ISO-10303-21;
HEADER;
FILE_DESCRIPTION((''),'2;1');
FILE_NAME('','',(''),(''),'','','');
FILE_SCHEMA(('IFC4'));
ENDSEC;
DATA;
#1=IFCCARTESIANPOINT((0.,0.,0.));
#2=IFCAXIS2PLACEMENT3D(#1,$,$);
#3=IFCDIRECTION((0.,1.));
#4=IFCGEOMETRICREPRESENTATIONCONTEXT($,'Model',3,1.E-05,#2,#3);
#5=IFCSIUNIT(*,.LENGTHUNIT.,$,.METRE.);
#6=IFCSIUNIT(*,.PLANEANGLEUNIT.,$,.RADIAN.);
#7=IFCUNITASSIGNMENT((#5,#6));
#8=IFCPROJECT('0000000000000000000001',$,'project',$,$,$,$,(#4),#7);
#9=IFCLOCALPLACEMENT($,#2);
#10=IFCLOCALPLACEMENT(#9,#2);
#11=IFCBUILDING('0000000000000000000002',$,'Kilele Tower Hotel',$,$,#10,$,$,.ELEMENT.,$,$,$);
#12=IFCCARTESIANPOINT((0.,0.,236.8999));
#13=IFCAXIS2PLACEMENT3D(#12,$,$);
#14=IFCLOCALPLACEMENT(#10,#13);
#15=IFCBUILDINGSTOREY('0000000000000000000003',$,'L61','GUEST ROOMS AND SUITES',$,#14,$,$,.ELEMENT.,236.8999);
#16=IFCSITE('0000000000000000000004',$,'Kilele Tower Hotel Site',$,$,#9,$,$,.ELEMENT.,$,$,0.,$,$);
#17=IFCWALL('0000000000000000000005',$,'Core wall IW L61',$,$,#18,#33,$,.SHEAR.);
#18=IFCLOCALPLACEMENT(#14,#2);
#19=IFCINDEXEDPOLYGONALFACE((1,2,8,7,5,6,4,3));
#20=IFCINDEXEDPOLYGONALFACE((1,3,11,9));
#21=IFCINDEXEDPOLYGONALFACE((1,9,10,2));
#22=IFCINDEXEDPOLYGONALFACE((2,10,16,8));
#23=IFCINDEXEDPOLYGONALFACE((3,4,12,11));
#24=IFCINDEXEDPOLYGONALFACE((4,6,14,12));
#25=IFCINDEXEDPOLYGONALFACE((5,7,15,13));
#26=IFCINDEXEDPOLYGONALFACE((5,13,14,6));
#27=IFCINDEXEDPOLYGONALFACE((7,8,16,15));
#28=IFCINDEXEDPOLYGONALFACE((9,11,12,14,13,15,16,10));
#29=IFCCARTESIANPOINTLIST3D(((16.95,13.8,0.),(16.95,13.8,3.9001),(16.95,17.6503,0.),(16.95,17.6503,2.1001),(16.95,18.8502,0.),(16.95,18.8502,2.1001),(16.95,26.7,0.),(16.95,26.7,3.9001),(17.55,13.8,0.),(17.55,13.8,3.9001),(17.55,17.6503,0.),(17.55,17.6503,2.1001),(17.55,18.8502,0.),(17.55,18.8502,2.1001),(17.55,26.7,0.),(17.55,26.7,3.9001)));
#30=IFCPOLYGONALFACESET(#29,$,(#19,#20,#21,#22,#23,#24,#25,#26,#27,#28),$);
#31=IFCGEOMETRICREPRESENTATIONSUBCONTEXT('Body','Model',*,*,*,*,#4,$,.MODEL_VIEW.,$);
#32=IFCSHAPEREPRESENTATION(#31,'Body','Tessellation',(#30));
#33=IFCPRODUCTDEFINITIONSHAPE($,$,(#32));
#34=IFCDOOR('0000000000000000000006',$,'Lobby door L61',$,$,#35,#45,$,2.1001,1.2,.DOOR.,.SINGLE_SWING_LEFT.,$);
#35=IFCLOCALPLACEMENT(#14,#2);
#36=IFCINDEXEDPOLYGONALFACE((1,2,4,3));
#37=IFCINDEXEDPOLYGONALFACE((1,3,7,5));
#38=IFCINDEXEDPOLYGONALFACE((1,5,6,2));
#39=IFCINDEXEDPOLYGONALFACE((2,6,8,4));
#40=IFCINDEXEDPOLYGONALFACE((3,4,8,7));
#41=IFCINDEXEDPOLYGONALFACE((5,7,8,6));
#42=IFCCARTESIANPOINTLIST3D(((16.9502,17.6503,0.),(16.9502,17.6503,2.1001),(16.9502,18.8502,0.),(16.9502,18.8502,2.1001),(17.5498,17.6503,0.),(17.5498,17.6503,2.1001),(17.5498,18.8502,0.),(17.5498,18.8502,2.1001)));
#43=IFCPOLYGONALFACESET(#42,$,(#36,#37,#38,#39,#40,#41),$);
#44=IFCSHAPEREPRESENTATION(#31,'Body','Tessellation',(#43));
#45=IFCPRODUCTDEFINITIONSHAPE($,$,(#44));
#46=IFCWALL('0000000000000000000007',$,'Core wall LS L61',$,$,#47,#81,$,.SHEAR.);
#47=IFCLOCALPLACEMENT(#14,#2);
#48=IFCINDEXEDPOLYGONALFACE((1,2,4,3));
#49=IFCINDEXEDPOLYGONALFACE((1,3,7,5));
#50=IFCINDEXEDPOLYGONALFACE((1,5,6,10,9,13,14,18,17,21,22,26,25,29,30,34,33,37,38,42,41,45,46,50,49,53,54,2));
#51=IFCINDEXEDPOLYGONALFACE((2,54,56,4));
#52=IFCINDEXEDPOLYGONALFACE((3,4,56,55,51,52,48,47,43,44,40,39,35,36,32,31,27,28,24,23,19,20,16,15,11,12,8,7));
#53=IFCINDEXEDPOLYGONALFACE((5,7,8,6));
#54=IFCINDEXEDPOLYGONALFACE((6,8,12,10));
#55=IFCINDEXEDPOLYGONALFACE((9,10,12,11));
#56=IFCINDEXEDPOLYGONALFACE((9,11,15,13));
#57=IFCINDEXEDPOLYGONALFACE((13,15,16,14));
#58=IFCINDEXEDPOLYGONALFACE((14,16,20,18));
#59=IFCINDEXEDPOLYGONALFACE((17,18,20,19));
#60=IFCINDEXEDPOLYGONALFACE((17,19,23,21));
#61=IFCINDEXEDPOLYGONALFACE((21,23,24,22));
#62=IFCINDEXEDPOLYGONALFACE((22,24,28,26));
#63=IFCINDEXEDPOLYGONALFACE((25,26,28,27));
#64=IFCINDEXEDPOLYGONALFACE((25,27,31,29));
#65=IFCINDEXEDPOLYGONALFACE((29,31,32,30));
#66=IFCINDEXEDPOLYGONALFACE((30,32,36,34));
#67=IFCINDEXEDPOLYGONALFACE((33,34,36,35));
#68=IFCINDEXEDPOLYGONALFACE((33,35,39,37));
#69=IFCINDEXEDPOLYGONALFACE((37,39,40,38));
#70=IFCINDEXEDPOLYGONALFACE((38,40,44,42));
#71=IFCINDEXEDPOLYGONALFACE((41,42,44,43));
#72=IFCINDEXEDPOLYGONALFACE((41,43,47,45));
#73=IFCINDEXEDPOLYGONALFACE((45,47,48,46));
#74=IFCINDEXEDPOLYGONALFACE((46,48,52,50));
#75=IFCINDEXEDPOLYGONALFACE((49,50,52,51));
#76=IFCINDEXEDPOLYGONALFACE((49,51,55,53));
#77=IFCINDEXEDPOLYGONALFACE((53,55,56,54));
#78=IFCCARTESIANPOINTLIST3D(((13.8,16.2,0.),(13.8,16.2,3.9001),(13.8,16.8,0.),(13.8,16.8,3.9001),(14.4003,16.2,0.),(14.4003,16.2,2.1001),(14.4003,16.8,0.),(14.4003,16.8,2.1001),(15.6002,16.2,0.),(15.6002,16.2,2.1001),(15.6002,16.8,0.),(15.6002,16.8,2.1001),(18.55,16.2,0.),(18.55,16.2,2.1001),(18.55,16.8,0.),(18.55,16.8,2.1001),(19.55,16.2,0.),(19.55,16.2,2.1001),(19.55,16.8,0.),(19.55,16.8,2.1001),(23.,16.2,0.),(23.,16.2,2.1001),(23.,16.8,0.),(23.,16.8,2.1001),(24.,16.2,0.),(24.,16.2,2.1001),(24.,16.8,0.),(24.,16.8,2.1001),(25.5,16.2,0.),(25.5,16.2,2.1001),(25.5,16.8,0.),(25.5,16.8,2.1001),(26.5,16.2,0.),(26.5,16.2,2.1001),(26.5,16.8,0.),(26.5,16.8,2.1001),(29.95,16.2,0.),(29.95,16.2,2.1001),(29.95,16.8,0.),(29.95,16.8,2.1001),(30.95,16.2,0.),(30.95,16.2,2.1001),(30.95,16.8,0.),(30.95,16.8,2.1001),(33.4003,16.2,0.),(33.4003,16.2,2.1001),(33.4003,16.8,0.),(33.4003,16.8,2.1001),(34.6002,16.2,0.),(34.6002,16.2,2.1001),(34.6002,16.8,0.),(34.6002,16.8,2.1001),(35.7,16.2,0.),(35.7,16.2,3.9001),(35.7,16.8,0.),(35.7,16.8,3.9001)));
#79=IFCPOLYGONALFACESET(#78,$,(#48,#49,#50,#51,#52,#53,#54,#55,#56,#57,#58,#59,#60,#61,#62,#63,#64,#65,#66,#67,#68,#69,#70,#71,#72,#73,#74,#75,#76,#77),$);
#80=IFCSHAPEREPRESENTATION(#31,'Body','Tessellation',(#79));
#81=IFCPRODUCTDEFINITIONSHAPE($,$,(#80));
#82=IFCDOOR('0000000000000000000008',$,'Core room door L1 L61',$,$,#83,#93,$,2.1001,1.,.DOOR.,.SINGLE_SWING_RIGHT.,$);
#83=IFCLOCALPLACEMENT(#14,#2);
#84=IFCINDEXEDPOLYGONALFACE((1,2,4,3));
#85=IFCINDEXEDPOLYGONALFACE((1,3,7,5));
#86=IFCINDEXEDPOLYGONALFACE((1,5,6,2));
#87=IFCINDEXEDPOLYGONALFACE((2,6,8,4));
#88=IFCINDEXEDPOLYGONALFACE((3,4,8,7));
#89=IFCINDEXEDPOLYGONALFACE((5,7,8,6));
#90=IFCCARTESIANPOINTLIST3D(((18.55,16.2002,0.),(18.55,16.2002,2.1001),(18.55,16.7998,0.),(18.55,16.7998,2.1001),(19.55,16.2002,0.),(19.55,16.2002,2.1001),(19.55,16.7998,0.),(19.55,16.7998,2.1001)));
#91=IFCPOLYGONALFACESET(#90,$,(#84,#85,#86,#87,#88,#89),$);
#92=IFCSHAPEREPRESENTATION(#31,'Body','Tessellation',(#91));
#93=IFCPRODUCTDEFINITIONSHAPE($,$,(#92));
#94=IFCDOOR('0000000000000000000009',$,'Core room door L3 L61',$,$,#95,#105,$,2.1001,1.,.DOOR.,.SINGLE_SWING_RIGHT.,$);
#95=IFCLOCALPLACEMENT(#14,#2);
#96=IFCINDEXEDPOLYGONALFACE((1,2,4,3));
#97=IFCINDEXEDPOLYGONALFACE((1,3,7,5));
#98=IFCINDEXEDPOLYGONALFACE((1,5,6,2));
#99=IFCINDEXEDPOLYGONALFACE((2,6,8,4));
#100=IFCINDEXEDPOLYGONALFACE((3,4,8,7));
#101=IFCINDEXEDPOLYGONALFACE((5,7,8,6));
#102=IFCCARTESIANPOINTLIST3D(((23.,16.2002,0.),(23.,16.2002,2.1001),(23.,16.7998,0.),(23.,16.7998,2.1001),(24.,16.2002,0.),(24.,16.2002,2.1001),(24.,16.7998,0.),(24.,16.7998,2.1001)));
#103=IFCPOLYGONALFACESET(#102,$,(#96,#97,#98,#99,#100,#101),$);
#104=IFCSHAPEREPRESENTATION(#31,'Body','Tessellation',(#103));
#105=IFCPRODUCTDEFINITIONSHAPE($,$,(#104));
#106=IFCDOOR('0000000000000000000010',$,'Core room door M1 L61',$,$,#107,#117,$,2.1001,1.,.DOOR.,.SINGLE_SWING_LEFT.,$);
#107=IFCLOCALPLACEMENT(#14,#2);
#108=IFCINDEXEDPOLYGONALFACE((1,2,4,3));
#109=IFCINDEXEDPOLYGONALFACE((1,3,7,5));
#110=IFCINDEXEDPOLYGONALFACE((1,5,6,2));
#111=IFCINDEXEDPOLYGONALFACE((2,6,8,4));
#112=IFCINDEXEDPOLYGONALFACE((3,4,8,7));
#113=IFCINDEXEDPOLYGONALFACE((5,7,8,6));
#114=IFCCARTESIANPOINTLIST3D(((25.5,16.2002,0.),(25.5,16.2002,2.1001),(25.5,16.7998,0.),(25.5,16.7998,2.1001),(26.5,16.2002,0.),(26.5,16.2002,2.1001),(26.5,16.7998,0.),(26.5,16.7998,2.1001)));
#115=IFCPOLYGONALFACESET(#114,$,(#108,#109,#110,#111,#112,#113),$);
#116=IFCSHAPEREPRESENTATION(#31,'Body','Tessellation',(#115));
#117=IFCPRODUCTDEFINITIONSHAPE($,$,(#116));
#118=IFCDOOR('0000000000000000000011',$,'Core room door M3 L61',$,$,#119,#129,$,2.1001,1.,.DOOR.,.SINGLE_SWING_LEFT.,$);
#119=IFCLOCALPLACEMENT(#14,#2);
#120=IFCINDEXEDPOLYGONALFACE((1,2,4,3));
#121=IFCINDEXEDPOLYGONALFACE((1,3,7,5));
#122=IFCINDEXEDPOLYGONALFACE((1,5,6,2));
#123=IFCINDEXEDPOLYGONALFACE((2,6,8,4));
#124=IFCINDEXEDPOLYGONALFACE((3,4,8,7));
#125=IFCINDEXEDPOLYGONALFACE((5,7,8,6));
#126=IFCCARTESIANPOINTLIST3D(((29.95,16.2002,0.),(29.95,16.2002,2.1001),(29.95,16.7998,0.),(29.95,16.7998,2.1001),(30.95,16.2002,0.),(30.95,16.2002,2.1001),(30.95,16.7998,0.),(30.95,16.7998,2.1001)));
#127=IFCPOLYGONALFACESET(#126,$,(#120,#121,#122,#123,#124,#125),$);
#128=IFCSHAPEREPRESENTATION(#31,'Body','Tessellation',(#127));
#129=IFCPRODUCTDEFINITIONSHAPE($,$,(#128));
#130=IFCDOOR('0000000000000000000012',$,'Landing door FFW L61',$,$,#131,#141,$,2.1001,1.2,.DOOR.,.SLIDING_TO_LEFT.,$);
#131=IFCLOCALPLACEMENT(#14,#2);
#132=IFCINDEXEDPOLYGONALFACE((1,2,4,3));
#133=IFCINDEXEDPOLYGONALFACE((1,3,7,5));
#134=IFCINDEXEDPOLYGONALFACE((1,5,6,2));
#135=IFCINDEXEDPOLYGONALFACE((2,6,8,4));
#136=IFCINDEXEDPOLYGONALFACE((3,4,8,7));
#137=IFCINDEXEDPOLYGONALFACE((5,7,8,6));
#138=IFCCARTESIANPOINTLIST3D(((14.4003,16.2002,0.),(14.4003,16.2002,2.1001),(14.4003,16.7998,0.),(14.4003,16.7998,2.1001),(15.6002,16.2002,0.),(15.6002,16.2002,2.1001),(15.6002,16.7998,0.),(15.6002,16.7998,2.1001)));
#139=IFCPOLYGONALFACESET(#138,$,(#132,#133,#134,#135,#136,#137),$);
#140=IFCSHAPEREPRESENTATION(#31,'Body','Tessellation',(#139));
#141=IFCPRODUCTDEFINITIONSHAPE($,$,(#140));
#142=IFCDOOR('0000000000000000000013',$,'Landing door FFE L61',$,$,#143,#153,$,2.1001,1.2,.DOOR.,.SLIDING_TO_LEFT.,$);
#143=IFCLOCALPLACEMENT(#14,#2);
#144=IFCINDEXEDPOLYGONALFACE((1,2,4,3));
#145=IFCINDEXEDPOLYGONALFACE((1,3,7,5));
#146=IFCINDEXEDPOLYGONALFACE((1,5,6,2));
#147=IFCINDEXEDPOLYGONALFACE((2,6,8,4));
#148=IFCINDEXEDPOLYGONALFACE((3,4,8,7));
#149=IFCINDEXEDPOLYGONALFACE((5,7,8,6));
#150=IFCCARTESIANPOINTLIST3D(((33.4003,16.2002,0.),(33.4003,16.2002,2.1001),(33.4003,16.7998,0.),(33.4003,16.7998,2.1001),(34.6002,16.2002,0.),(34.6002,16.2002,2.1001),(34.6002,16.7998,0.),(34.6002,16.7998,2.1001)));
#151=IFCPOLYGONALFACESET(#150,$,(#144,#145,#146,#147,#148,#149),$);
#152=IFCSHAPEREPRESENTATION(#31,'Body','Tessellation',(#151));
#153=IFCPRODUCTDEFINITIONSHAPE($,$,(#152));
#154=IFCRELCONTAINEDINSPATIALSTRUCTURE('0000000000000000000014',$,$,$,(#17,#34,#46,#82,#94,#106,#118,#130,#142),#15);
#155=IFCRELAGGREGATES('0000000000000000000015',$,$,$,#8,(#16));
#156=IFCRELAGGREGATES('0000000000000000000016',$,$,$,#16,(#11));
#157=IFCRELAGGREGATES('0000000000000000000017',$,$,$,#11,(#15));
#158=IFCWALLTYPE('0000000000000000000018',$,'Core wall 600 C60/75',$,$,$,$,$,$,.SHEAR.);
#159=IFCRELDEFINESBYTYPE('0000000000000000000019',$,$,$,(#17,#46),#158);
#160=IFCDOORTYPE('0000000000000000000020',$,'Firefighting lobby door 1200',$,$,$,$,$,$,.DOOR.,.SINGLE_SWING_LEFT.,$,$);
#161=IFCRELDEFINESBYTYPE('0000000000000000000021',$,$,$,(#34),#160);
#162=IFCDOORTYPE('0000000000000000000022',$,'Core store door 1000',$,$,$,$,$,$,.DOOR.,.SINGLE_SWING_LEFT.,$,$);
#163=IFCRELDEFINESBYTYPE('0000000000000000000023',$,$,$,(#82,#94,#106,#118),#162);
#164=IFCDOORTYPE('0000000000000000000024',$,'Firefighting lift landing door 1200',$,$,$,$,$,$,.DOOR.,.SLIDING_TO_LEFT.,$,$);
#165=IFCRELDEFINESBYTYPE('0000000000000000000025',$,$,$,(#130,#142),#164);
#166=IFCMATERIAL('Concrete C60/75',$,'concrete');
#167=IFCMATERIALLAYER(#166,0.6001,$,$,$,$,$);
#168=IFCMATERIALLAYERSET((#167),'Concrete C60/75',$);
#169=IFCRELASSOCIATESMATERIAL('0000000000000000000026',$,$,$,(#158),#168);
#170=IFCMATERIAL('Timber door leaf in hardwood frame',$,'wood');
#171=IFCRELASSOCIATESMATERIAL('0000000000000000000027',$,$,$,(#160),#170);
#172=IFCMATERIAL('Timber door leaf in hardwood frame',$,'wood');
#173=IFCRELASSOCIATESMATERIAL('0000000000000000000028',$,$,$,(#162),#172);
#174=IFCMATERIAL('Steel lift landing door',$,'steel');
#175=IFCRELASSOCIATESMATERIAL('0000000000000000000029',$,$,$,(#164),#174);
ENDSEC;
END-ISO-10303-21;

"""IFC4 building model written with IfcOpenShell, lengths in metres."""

from ifc_helpers import new_model, si_unit, direction, frame, frame_2d, origin, place, context, subcontext, project, spatial, rectangle, extrude, material, layer, layer_set, type_object, element, fill, save


model = new_model("IFC4")

# Units and contexts
model_context = context("Model", 3, precision=1e-05, world=origin(), true_north=direction((0.0, 1.0)))
body_context = subcontext(model_context, "Body", "Model", "MODEL_VIEW")
ifc_project = project(units=[si_unit("LENGTHUNIT", "METRE"), si_unit("PLANEANGLEUNIT", "RADIAN")], contexts=[model_context])

# Site, building, storey
site_placement = place(None, origin())
site = spatial("IfcSite", under=ifc_project, at=site_placement, Name="Kilele Tower Hotel Site", CompositionType="ELEMENT", RefElevation=0.0)
building_placement = place(site_placement, origin())
building = spatial("IfcBuilding", under=site, at=building_placement, Name="Kilele Tower Hotel", CompositionType="ELEMENT")
storey_placement = place(building_placement, frame((0.0, 0.0, 236.8999)))
storey = spatial("IfcBuildingStorey", under=building, at=storey_placement, Name="L61", Description="GUEST ROOMS AND SUITES", CompositionType="ELEMENT", Elevation=236.8999)

# Wall, opening, door
ifc_material_1 = material(Name="Concrete C60/75", Category="concrete")
ifc_layer_1 = layer(ifc_material_1, 0.6001)
ifc_layer_set_1 = layer_set([ifc_layer_1], Name="Concrete C60/75")
wall_type_1 = type_object("IfcWallType", Name="Core wall 600 C60/75", PredefinedType="SHEAR", material=ifc_layer_set_1)
wall_1_placement = place(storey_placement, frame((17.25, 13.8, 0.0), z_axis=(0.0, 0.0, 1.0), x_axis=(0.0, 1.0, 0.0)))
wall_1 = element("IfcWall", 1, at=wall_1_placement, inside=storey, type_object=wall_type_1, Name="Core wall IW L61", PredefinedType="SHEAR", context=body_context, shape_type="SweptSolid", body=[
    extrude(rectangle(XDim=12.8999, YDim=0.6001, at=frame_2d((6.45, 0.0))), origin(), (0.0, 0.0, 1.0), 3.9001),
])
opening_1_placement = place(wall_1_placement, frame((3.8501, 0.0, 0.0)))
opening_1 = element("IfcOpeningElement", 2, at=opening_1_placement, cuts=wall_1, PredefinedType="OPENING", context=body_context, shape_type="SweptSolid", body=[
    extrude(rectangle(XDim=1.2, YDim=2.1001, at=frame_2d((0.6001, 1.05))), frame((0.0, 0.3101, 0.0), z_axis=(0.0, -1.0, 0.0), x_axis=(1.0, 0.0, 0.0)), (0.0, 0.0, 1.0), 0.6201),
])
ifc_material_2 = material(Name="Timber door leaf in hardwood frame", Category="wood")
door_type_1 = type_object("IfcDoorType", Name="Firefighting lobby door 1200", OperationType="SINGLE_SWING_LEFT", PredefinedType="DOOR", material=ifc_material_2)
door_1_placement = place(opening_1_placement, origin())
door_1 = element("IfcDoor", 3, at=door_1_placement, inside=storey, type_object=door_type_1, Name="Lobby door L61", OperationType="SINGLE_SWING_LEFT", OverallHeight=2.1001, OverallWidth=1.2, PredefinedType="DOOR", context=body_context, shape_type="SweptSolid", body=[
    extrude(rectangle(XDim=1.2, YDim=2.1001, at=frame_2d((0.6001, 1.05))), frame((0.0, 0.2998, 0.0), z_axis=(0.0, -1.0, 0.0), x_axis=(1.0, 0.0, 0.0)), (0.0, 0.0, 1.0), 0.5996),
])
fill(opening_1, door_1)

# Wall, openings, doors
wall_2_placement = place(storey_placement, frame((13.8, 16.5, 0.0), z_axis=(0.0, 0.0, 1.0), x_axis=(1.0, 0.0, 0.0)))
wall_2 = element("IfcWall", 4, at=wall_2_placement, inside=storey, type_object=wall_type_1, Name="Core wall LS L61", PredefinedType="SHEAR", context=body_context, shape_type="SweptSolid", body=[
    extrude(rectangle(XDim=21.8999, YDim=0.6001, at=frame_2d((10.95, 0.0))), origin(), (0.0, 0.0, 1.0), 3.9001),
])
opening_2_placement = place(wall_2_placement, frame((5.75, 0.0, 0.0), z_axis=(0.0, 0.0, 1.0), x_axis=(-1.0, 0.0, 0.0)))
opening_2 = element("IfcOpeningElement", 5, at=opening_2_placement, cuts=wall_2, PredefinedType="OPENING", context=body_context, shape_type="SweptSolid", body=[
    extrude(rectangle(XDim=1.0, YDim=2.1001, at=frame_2d((0.5, 1.05))), frame((0.0, 0.3101, 0.0), z_axis=(0.0, -1.0, 0.0), x_axis=(1.0, 0.0, 0.0)), (0.0, 0.0, 1.0), 0.6201),
])
opening_3_placement = place(wall_2_placement, frame((10.2, 0.0, 0.0), z_axis=(0.0, 0.0, 1.0), x_axis=(-1.0, 0.0, 0.0)))
opening_3 = element("IfcOpeningElement", 6, at=opening_3_placement, cuts=wall_2, PredefinedType="OPENING", context=body_context, shape_type="SweptSolid", body=[
    extrude(rectangle(XDim=1.0, YDim=2.1001, at=frame_2d((0.5, 1.05))), frame((0.0, 0.3101, 0.0), z_axis=(0.0, -1.0, 0.0), x_axis=(1.0, 0.0, 0.0)), (0.0, 0.0, 1.0), 0.6201),
])
opening_4_placement = place(wall_2_placement, frame((12.7, 0.0, 0.0), z_axis=(0.0, 0.0, 1.0), x_axis=(-1.0, 0.0, 0.0)))
opening_4 = element("IfcOpeningElement", 7, at=opening_4_placement, cuts=wall_2, PredefinedType="OPENING", context=body_context, shape_type="SweptSolid", body=[
    extrude(rectangle(XDim=1.0, YDim=2.1001, at=frame_2d((0.5, 1.05))), frame((0.0, 0.3101, 0.0), z_axis=(0.0, -1.0, 0.0), x_axis=(1.0, 0.0, 0.0)), (0.0, 0.0, 1.0), 0.6201),
])
opening_5_placement = place(wall_2_placement, frame((17.1499, 0.0, 0.0), z_axis=(0.0, 0.0, 1.0), x_axis=(-1.0, 0.0, 0.0)))
opening_5 = element("IfcOpeningElement", 8, at=opening_5_placement, cuts=wall_2, PredefinedType="OPENING", context=body_context, shape_type="SweptSolid", body=[
    extrude(rectangle(XDim=1.0, YDim=2.1001, at=frame_2d((0.5, 1.05))), frame((0.0, 0.3101, 0.0), z_axis=(0.0, -1.0, 0.0), x_axis=(1.0, 0.0, 0.0)), (0.0, 0.0, 1.0), 0.6201),
])
opening_6_placement = place(wall_2_placement, frame((0.6001, 0.0, 0.0)))
opening_6 = element("IfcOpeningElement", 9, at=opening_6_placement, cuts=wall_2, PredefinedType="OPENING", context=body_context, shape_type="SweptSolid", body=[
    extrude(rectangle(XDim=1.2, YDim=2.1001, at=frame_2d((0.6001, 1.05))), frame((0.0, 0.3101, 0.0), z_axis=(0.0, -1.0, 0.0), x_axis=(1.0, 0.0, 0.0)), (0.0, 0.0, 1.0), 0.6201),
])
opening_7_placement = place(wall_2_placement, frame((19.6001, 0.0, 0.0)))
opening_7 = element("IfcOpeningElement", 10, at=opening_7_placement, cuts=wall_2, PredefinedType="OPENING", context=body_context, shape_type="SweptSolid", body=[
    extrude(rectangle(XDim=1.2, YDim=2.1001, at=frame_2d((0.6001, 1.05))), frame((0.0, 0.3101, 0.0), z_axis=(0.0, -1.0, 0.0), x_axis=(1.0, 0.0, 0.0)), (0.0, 0.0, 1.0), 0.6201),
])
ifc_material_3 = material(Name="Timber door leaf in hardwood frame", Category="wood")
door_type_2 = type_object("IfcDoorType", Name="Core store door 1000", OperationType="SINGLE_SWING_LEFT", PredefinedType="DOOR", material=ifc_material_3)
door_2_placement = place(opening_2_placement, origin())
door_2 = element("IfcDoor", 11, at=door_2_placement, inside=storey, type_object=door_type_2, Name="Core room door L1 L61", OperationType="SINGLE_SWING_RIGHT", OverallHeight=2.1001, OverallWidth=1.0, PredefinedType="DOOR", context=body_context, shape_type="SweptSolid", body=[
    extrude(rectangle(XDim=1.0, YDim=2.1001, at=frame_2d((0.5, 1.05))), frame((0.0, 0.2998, 0.0), z_axis=(0.0, -1.0, 0.0), x_axis=(1.0, 0.0, 0.0)), (0.0, 0.0, 1.0), 0.5996),
])
fill(opening_2, door_2)
door_3_placement = place(opening_3_placement, origin())
door_3 = element("IfcDoor", 12, at=door_3_placement, inside=storey, type_object=door_type_2, Name="Core room door L3 L61", OperationType="SINGLE_SWING_RIGHT", OverallHeight=2.1001, OverallWidth=1.0, PredefinedType="DOOR", context=body_context, shape_type="SweptSolid", body=[
    extrude(rectangle(XDim=1.0, YDim=2.1001, at=frame_2d((0.5, 1.05))), frame((0.0, 0.2998, 0.0), z_axis=(0.0, -1.0, 0.0), x_axis=(1.0, 0.0, 0.0)), (0.0, 0.0, 1.0), 0.5996),
])
fill(opening_3, door_3)
door_4_placement = place(opening_4_placement, origin())
door_4 = element("IfcDoor", 13, at=door_4_placement, inside=storey, type_object=door_type_2, Name="Core room door M1 L61", OperationType="SINGLE_SWING_LEFT", OverallHeight=2.1001, OverallWidth=1.0, PredefinedType="DOOR", context=body_context, shape_type="SweptSolid", body=[
    extrude(rectangle(XDim=1.0, YDim=2.1001, at=frame_2d((0.5, 1.05))), frame((0.0, 0.2998, 0.0), z_axis=(0.0, -1.0, 0.0), x_axis=(1.0, 0.0, 0.0)), (0.0, 0.0, 1.0), 0.5996),
])
fill(opening_4, door_4)
door_5_placement = place(opening_5_placement, origin())
door_5 = element("IfcDoor", 14, at=door_5_placement, inside=storey, type_object=door_type_2, Name="Core room door M3 L61", OperationType="SINGLE_SWING_LEFT", OverallHeight=2.1001, OverallWidth=1.0, PredefinedType="DOOR", context=body_context, shape_type="SweptSolid", body=[
    extrude(rectangle(XDim=1.0, YDim=2.1001, at=frame_2d((0.5, 1.05))), frame((0.0, 0.2998, 0.0), z_axis=(0.0, -1.0, 0.0), x_axis=(1.0, 0.0, 0.0)), (0.0, 0.0, 1.0), 0.5996),
])
fill(opening_5, door_5)
ifc_material_4 = material(Name="Steel lift landing door", Category="steel")
door_type_3 = type_object("IfcDoorType", Name="Firefighting lift landing door 1200", OperationType="SLIDING_TO_LEFT", PredefinedType="DOOR", material=ifc_material_4)
door_6_placement = place(opening_6_placement, origin())
door_6 = element("IfcDoor", 15, at=door_6_placement, inside=storey, type_object=door_type_3, Name="Landing door FFW L61", OperationType="SLIDING_TO_LEFT", OverallHeight=2.1001, OverallWidth=1.2, PredefinedType="DOOR", context=body_context, shape_type="SweptSolid", body=[
    extrude(rectangle(XDim=1.2, YDim=2.1001, at=frame_2d((0.6001, 1.05))), frame((0.0, 0.2998, 0.0), z_axis=(0.0, -1.0, 0.0), x_axis=(1.0, 0.0, 0.0)), (0.0, 0.0, 1.0), 0.5996),
])
fill(opening_6, door_6)
door_7_placement = place(opening_7_placement, origin())
door_7 = element("IfcDoor", 16, at=door_7_placement, inside=storey, type_object=door_type_3, Name="Landing door FFE L61", OperationType="SLIDING_TO_LEFT", OverallHeight=2.1001, OverallWidth=1.2, PredefinedType="DOOR", context=body_context, shape_type="SweptSolid", body=[
    extrude(rectangle(XDim=1.2, YDim=2.1001, at=frame_2d((0.6001, 1.05))), frame((0.0, 0.2998, 0.0), z_axis=(0.0, -1.0, 0.0), x_axis=(1.0, 0.0, 0.0)), (0.0, 0.0, 1.0), 0.5996),
])
fill(opening_7, door_7)

save(model, "model.ifc")
